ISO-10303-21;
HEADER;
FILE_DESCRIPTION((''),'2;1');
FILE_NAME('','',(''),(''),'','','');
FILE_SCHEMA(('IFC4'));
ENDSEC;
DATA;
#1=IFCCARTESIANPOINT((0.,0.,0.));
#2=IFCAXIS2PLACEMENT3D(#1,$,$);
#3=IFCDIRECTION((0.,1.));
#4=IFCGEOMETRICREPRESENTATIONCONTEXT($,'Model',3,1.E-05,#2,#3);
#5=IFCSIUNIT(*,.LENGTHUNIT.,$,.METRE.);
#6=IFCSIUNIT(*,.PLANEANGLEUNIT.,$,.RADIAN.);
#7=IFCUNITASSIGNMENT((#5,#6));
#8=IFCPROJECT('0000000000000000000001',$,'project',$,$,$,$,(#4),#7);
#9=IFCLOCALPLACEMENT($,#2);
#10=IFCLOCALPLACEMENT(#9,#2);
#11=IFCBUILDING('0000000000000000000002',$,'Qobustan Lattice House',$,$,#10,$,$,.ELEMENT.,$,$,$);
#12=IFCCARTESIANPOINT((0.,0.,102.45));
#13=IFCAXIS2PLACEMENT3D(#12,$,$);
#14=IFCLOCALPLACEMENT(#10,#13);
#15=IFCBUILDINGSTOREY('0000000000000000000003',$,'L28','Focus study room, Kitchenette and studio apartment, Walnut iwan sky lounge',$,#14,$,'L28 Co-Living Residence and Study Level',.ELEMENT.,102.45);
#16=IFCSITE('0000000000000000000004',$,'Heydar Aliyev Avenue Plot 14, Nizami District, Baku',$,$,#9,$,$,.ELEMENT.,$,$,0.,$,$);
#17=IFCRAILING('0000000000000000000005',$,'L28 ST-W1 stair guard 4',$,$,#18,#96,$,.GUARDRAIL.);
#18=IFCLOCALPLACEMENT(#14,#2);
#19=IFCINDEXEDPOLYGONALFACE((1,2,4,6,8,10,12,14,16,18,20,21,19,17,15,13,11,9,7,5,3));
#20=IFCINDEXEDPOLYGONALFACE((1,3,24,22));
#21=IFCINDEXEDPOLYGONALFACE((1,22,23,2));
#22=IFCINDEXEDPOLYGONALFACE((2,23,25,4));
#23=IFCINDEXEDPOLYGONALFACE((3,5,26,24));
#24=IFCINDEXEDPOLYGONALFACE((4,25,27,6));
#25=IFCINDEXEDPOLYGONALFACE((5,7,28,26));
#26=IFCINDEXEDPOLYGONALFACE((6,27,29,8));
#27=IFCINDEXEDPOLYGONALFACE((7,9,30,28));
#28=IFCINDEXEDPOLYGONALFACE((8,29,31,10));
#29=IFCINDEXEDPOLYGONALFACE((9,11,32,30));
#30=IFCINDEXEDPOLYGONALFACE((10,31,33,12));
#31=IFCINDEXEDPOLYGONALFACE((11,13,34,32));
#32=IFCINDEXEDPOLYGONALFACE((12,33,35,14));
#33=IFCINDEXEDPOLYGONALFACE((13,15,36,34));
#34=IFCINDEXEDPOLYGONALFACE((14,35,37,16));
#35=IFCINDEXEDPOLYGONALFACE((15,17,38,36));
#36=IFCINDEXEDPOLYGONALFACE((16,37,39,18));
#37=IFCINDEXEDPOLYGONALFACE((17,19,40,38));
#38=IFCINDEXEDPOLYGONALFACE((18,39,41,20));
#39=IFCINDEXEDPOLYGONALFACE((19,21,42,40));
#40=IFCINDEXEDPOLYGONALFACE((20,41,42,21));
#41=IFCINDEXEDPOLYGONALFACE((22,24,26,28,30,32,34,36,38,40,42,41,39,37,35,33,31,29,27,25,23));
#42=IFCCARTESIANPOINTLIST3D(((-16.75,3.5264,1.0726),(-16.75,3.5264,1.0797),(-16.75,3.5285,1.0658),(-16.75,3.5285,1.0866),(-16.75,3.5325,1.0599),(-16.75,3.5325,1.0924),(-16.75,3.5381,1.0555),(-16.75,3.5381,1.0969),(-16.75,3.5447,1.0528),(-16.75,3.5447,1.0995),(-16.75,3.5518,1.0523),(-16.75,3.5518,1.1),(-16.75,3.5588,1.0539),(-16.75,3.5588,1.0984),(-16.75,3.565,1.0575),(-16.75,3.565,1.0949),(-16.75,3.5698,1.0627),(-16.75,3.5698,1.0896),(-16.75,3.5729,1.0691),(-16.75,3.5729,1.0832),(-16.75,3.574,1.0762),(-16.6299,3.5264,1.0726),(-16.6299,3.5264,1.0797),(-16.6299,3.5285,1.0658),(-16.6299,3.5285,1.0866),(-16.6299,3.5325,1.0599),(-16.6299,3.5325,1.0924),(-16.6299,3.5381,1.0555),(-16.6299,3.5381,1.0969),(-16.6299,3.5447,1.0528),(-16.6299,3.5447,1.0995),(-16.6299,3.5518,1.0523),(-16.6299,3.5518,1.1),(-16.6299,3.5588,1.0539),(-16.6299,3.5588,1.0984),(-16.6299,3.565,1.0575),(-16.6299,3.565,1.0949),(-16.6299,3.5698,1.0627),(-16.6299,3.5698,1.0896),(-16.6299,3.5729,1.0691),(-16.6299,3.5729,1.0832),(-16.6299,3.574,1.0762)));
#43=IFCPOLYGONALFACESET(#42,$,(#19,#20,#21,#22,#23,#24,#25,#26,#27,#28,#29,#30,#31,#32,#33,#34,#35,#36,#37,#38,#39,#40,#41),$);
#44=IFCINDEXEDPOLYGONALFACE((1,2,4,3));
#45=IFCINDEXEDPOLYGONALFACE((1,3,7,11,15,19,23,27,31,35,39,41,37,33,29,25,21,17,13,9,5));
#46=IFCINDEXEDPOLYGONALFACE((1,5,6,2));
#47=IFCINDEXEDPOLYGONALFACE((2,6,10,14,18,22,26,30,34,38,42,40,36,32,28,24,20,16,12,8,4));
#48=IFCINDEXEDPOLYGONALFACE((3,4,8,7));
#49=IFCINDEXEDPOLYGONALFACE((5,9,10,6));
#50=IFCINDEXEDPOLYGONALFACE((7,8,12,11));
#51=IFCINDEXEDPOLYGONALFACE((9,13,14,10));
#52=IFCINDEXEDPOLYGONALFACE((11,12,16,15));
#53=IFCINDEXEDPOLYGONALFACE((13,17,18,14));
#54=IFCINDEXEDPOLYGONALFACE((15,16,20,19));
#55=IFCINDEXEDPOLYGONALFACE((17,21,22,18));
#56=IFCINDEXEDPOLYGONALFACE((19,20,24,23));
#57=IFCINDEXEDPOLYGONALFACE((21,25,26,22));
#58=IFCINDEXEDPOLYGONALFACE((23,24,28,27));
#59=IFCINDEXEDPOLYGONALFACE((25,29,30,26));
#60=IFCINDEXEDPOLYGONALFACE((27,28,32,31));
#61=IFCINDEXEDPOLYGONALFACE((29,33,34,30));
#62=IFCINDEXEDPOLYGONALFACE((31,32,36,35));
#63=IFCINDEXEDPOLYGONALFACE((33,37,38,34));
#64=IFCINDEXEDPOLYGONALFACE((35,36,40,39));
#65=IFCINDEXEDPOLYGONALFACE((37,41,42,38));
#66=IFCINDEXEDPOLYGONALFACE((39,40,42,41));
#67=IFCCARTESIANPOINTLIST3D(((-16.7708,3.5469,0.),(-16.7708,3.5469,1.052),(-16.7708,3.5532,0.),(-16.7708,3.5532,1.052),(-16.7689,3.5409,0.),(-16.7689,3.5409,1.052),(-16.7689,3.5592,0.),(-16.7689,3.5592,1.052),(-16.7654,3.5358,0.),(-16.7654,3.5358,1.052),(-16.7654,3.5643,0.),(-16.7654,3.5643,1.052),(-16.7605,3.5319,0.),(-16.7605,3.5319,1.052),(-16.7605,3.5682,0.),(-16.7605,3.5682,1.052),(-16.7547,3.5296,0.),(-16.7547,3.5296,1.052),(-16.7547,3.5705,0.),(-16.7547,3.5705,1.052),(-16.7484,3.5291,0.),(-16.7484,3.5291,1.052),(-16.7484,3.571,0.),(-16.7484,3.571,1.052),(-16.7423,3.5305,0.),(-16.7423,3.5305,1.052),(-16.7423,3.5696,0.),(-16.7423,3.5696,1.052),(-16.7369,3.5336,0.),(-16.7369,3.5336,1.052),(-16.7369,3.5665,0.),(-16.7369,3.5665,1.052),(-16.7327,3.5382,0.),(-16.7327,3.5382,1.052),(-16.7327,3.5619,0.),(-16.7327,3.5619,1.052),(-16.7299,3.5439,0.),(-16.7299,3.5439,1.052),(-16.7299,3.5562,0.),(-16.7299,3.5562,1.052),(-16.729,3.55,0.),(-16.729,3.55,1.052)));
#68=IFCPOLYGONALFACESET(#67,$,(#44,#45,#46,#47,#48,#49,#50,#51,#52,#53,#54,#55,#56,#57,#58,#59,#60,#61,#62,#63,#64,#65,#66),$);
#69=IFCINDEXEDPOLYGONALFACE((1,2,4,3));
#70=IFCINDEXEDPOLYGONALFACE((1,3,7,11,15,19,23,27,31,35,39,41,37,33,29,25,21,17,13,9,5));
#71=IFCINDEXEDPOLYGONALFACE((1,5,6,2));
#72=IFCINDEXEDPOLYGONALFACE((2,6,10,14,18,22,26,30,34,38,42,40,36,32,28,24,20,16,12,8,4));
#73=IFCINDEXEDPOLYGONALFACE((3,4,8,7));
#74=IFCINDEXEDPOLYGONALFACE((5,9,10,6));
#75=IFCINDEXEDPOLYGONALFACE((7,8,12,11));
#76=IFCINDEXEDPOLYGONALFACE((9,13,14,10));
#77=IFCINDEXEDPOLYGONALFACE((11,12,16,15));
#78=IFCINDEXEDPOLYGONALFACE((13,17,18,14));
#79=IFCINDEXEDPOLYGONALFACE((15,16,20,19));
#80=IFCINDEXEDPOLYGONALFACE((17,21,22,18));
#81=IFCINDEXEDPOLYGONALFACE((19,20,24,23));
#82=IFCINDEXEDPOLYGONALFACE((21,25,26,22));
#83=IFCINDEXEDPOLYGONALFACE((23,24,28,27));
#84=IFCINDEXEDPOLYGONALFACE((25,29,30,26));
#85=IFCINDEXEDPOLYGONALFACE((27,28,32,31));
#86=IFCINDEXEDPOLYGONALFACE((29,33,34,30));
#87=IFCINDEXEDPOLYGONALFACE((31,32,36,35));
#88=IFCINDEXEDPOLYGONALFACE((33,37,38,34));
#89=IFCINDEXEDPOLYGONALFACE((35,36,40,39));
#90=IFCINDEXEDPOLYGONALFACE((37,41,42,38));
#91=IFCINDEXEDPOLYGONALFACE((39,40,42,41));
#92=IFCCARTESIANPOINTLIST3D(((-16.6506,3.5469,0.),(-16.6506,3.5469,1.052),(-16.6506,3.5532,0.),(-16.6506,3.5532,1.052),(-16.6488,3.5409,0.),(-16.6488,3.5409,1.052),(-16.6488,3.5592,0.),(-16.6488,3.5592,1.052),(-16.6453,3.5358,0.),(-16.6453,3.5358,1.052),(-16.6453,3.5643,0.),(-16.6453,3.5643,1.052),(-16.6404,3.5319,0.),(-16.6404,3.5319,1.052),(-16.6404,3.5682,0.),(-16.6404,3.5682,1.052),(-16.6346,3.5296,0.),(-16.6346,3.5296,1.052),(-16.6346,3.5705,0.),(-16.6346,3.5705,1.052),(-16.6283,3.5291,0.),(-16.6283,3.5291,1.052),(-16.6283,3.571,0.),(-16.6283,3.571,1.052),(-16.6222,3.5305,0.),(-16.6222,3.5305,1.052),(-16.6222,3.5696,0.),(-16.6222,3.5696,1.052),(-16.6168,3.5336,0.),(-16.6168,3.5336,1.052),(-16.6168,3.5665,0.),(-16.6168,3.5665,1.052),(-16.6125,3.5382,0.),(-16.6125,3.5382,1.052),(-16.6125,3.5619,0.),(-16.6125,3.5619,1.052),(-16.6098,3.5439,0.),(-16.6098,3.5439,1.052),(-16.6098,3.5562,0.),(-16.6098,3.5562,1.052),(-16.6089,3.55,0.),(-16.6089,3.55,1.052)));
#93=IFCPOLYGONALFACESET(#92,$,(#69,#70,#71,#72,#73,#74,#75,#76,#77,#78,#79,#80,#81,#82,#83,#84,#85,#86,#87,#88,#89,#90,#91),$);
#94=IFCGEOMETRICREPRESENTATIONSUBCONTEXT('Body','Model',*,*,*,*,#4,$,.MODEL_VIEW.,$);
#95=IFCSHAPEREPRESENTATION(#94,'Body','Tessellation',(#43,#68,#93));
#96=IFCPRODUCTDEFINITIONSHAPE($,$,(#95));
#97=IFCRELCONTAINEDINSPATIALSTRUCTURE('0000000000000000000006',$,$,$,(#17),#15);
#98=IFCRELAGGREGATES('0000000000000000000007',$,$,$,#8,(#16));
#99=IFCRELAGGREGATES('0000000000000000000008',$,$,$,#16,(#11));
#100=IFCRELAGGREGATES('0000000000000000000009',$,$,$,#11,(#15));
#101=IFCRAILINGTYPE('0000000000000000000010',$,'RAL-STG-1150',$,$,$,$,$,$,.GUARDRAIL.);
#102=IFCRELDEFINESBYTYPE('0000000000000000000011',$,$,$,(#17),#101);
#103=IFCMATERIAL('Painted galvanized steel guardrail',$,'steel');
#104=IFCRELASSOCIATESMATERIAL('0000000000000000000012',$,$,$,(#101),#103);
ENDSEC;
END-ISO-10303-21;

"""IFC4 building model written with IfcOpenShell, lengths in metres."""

from ifc_helpers import new_model, si_unit, direction, frame, origin, origin_2d, place, context, subcontext, project, spatial, circle, extrude, material, type_object, element, save


model = new_model("IFC4")

# Units and contexts
model_context = context("Model", 3, precision=1e-05, world=origin(), true_north=direction((0.0, 1.0)))
body_context = subcontext(model_context, "Body", "Model", "MODEL_VIEW")
ifc_project = project(units=[si_unit("LENGTHUNIT", "METRE"), si_unit("PLANEANGLEUNIT", "RADIAN")], contexts=[model_context])

# Site, building, storey
site_placement = place(None, origin())
site = spatial("IfcSite", under=ifc_project, at=site_placement, Name="Heydar Aliyev Avenue Plot 14, Nizami District, Baku", CompositionType="ELEMENT", RefElevation=0.0)
building_placement = place(site_placement, origin())
building = spatial("IfcBuilding", under=site, at=building_placement, Name="Qobustan Lattice House", CompositionType="ELEMENT")
storey_placement = place(building_placement, frame((0.0, 0.0, 102.45)))
storey = spatial("IfcBuildingStorey", under=building, at=storey_placement, Name="L28", Description="Focus study room, Kitchenette and studio apartment, Walnut iwan sky lounge", LongName="L28 Co-Living Residence and Study Level", CompositionType="ELEMENT", Elevation=102.45)

# Railing
ifc_material_1 = material(Name="Painted galvanized steel guardrail", Category="steel")
railing_type_1 = type_object("IfcRailingType", Name="RAL-STG-1150", PredefinedType="GUARDRAIL", material=ifc_material_1)
railing_1_placement = place(storey_placement, frame((-16.75, 3.55, 0.0)))
element("IfcRailing", 1, at=railing_1_placement, inside=storey, type_object=railing_type_1, Name="L28 ST-W1 stair guard 4", PredefinedType="GUARDRAIL", context=body_context, shape_type="SweptSolid", body=[
    extrude(circle(Radius=0.0239, at=origin_2d()), frame((0.0, 0.0, 1.0762), z_axis=(1.0, 0.0, 0.0), x_axis=(0.0, 1.0, 0.0)), (0.0, 0.0, 1.0), 0.1201),
    extrude(circle(Radius=0.021, at=origin_2d()), origin(), (0.0, 0.0, 1.0), 1.052),
    extrude(circle(Radius=0.021, at=origin_2d()), frame((0.1201, 0.0, 0.0)), (0.0, 0.0, 1.0), 1.052),
])

save(model, "model.ifc")
